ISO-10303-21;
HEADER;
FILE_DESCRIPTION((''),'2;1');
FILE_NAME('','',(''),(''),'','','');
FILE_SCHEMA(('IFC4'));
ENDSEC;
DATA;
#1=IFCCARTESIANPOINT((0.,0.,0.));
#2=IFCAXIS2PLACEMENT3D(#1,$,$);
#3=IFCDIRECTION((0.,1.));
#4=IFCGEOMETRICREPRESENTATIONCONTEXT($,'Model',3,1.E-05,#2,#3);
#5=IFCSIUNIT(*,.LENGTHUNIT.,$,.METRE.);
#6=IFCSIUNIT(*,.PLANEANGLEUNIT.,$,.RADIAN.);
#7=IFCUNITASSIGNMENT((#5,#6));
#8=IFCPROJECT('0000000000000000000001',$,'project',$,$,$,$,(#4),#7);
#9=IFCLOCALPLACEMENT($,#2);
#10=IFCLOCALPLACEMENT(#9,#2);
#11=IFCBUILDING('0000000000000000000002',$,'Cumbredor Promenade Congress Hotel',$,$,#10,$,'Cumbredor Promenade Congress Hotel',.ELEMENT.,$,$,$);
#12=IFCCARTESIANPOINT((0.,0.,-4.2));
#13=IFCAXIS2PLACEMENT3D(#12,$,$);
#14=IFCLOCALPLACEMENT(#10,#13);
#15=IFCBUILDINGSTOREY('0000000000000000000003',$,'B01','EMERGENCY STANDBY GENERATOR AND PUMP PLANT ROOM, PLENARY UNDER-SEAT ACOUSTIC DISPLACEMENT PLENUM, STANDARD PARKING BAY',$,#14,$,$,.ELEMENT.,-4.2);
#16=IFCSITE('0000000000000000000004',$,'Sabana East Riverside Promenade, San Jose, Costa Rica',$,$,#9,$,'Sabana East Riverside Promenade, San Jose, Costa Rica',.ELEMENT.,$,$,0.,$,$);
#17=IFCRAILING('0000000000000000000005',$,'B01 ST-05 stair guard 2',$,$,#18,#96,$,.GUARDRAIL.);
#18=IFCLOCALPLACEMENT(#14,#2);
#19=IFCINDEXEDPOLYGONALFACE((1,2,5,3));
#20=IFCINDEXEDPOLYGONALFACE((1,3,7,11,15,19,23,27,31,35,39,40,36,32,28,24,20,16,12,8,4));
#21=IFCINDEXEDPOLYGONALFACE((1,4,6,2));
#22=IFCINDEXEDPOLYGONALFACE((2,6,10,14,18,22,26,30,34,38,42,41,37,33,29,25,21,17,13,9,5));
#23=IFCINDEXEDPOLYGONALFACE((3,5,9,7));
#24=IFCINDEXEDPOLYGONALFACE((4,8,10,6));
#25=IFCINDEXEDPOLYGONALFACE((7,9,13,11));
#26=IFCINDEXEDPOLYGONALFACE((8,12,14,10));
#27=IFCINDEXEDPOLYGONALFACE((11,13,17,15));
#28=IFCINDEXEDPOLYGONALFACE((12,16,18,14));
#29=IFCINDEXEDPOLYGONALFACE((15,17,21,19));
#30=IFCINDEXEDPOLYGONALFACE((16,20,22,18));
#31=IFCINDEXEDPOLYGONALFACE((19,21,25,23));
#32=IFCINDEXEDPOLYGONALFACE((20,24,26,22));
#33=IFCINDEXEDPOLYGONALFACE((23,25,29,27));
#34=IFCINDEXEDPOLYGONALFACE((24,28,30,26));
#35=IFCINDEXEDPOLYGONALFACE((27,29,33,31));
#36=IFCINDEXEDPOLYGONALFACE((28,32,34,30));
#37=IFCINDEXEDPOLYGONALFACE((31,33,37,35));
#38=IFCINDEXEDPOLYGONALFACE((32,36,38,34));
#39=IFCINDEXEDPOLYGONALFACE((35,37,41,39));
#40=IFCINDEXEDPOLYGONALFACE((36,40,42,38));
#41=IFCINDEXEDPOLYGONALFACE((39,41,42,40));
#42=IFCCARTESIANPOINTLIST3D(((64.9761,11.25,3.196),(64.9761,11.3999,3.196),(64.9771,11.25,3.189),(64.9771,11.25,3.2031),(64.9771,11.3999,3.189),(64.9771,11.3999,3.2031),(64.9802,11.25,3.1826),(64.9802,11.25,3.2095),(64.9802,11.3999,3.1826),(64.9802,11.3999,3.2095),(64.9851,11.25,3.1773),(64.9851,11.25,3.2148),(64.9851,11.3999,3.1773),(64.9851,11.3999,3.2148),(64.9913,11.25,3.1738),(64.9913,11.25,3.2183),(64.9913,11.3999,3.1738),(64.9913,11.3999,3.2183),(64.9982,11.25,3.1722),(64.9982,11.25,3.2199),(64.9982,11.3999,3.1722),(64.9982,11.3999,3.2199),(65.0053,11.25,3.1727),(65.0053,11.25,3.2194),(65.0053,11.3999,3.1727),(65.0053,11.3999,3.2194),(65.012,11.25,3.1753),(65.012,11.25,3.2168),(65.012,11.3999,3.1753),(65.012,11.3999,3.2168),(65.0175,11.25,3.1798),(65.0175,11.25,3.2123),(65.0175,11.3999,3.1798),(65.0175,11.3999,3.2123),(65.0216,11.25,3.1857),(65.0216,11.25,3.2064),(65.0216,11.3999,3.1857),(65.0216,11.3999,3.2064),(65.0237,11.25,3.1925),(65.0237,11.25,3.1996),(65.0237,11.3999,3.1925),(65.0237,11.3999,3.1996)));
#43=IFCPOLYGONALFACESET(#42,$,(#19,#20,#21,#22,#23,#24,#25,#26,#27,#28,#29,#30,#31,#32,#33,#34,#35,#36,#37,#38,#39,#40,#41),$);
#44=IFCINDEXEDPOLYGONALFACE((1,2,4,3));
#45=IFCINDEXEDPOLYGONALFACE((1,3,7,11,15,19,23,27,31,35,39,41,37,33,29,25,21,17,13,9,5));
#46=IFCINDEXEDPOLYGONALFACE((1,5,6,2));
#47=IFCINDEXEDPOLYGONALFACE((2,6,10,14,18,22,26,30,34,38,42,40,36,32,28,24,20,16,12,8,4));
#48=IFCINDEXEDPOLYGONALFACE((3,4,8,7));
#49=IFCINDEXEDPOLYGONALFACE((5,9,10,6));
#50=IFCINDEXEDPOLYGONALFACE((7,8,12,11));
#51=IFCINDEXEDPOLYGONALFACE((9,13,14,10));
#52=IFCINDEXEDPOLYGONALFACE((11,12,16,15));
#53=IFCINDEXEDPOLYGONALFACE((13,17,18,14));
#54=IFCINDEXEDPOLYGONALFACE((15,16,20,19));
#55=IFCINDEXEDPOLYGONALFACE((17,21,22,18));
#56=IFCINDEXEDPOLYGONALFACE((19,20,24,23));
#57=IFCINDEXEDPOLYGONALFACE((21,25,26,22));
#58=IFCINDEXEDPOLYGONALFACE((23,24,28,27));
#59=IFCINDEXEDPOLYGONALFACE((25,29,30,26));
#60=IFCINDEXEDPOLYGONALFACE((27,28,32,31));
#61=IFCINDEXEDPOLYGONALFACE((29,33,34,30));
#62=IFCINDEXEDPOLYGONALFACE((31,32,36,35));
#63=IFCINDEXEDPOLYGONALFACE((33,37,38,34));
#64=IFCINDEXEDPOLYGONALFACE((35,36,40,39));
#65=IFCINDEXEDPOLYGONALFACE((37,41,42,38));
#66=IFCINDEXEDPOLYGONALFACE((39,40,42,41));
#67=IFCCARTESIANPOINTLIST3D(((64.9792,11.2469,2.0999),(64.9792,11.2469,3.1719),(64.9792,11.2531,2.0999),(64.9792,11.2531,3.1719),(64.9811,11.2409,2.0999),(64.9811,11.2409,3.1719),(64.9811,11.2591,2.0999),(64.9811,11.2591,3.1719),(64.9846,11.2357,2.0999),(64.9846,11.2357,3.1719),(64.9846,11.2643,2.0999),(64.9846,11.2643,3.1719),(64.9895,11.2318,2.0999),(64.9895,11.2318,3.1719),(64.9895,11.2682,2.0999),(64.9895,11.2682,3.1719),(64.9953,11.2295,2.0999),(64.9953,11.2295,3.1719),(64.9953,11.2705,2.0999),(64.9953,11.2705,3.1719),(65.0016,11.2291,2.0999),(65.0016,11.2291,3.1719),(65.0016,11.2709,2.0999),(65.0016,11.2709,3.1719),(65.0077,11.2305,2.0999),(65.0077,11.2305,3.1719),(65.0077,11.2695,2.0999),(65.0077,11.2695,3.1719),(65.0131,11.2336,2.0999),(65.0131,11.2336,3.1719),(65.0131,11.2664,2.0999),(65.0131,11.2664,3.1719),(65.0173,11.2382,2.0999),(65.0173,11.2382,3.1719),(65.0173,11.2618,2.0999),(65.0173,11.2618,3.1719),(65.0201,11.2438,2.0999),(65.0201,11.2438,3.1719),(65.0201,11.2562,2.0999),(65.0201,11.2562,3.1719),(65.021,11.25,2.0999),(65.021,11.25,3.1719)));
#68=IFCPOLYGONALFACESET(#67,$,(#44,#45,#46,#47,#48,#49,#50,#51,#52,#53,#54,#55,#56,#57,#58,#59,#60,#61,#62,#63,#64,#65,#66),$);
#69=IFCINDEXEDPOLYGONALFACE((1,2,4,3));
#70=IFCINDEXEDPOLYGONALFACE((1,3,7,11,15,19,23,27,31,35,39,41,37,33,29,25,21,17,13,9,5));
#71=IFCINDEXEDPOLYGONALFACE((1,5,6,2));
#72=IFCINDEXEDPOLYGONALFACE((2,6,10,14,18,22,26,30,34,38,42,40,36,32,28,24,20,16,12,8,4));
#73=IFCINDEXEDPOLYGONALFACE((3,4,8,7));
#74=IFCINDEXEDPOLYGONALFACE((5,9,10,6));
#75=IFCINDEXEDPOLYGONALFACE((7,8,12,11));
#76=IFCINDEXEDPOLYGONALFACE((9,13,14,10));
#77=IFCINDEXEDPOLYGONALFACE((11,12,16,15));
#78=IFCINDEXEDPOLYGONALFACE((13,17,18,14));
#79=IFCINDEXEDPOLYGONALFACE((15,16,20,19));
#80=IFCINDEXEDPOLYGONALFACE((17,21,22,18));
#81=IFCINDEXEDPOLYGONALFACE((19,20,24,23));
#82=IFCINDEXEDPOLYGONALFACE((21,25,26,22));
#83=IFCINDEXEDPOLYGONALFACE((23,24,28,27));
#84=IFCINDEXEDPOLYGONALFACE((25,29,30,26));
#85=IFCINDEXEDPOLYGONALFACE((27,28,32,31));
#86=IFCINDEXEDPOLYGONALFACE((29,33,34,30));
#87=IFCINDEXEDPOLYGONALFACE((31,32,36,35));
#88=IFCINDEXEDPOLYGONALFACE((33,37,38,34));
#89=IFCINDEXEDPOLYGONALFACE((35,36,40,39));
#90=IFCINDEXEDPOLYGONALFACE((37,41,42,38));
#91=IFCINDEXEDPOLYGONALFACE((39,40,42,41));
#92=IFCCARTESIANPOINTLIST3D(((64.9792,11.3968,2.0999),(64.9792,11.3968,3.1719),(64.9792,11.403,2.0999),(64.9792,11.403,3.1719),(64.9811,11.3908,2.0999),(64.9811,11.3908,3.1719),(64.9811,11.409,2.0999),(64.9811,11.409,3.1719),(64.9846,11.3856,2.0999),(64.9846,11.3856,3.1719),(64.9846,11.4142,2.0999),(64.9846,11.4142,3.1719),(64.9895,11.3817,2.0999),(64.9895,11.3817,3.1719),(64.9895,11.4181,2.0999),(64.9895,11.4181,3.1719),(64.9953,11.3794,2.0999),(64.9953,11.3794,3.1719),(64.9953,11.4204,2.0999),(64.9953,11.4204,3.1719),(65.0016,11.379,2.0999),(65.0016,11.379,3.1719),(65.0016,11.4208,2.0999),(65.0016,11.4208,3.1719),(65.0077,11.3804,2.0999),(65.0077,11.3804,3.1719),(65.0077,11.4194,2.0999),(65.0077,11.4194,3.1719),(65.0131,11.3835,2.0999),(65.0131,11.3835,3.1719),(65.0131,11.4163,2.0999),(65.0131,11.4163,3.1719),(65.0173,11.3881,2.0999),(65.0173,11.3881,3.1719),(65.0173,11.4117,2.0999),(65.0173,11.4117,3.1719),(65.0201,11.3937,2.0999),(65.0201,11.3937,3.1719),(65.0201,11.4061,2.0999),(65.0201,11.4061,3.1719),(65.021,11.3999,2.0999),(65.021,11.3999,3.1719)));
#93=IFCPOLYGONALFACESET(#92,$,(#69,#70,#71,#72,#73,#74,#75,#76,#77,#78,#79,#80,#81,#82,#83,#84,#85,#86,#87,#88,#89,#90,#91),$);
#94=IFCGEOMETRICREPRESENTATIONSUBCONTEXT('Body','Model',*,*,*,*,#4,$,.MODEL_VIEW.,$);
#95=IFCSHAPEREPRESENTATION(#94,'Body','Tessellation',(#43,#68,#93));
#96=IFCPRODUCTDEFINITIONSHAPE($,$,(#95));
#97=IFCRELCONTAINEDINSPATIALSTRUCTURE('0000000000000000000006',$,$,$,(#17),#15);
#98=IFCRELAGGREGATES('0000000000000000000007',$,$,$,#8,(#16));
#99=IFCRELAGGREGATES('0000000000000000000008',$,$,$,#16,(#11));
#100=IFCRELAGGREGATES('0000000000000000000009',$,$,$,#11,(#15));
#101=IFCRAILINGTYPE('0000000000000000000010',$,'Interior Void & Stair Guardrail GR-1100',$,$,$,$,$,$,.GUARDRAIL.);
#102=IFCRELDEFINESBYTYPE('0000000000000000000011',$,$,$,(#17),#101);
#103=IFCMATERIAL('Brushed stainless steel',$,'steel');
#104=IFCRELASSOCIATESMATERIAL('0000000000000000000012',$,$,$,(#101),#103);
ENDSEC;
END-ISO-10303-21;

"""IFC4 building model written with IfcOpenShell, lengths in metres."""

from ifc_helpers import new_model, si_unit, direction, frame, origin, origin_2d, place, context, subcontext, project, spatial, circle, extrude, material, type_object, element, save


model = new_model("IFC4")

# Units and contexts
model_context = context("Model", 3, precision=1e-05, world=origin(), true_north=direction((0.0, 1.0)))
body_context = subcontext(model_context, "Body", "Model", "MODEL_VIEW")
ifc_project = project(units=[si_unit("LENGTHUNIT", "METRE"), si_unit("PLANEANGLEUNIT", "RADIAN")], contexts=[model_context])

# Site, building, storey
site_placement = place(None, origin())
site = spatial("IfcSite", under=ifc_project, at=site_placement, Name="Sabana East Riverside Promenade, San Jose, Costa Rica", LongName="Sabana East Riverside Promenade, San Jose, Costa Rica", CompositionType="ELEMENT", RefElevation=0.0)
building_placement = place(site_placement, origin())
building = spatial("IfcBuilding", under=site, at=building_placement, Name="Cumbredor Promenade Congress Hotel", LongName="Cumbredor Promenade Congress Hotel", CompositionType="ELEMENT")
storey_placement = place(building_placement, frame((0.0, 0.0, -4.2)))
storey = spatial("IfcBuildingStorey", under=building, at=storey_placement, Name="B01", Description="EMERGENCY STANDBY GENERATOR AND PUMP PLANT ROOM, PLENARY UNDER-SEAT ACOUSTIC DISPLACEMENT PLENUM, STANDARD PARKING BAY", CompositionType="ELEMENT", Elevation=-4.2)

# Railing
ifc_material_1 = material(Name="Brushed stainless steel", Category="steel")
railing_type_1 = type_object("IfcRailingType", Name="Interior Void & Stair Guardrail GR-1100", PredefinedType="GUARDRAIL", material=ifc_material_1)
railing_1_placement = place(storey_placement, frame((65.0, 11.25, 2.0999)))
element("IfcRailing", 1, at=railing_1_placement, inside=storey, type_object=railing_type_1, Name="B01 ST-05 stair guard 2", PredefinedType="GUARDRAIL", context=body_context, shape_type="SweptSolid", body=[
    extrude(circle(Radius=0.0239, at=origin_2d()), frame((0.0, 0.0, 1.0962), z_axis=(0.0, 1.0, 0.0), x_axis=(-1.0, 0.0, 0.0)), (0.0, 0.0, 1.0), 0.1499),
    extrude(circle(Radius=0.021, at=origin_2d()), origin(), (0.0, 0.0, 1.0), 1.072),
    extrude(circle(Radius=0.021, at=origin_2d()), frame((0.0, 0.1499, 0.0)), (0.0, 0.0, 1.0), 1.072),
])

save(model, "model.ifc")
